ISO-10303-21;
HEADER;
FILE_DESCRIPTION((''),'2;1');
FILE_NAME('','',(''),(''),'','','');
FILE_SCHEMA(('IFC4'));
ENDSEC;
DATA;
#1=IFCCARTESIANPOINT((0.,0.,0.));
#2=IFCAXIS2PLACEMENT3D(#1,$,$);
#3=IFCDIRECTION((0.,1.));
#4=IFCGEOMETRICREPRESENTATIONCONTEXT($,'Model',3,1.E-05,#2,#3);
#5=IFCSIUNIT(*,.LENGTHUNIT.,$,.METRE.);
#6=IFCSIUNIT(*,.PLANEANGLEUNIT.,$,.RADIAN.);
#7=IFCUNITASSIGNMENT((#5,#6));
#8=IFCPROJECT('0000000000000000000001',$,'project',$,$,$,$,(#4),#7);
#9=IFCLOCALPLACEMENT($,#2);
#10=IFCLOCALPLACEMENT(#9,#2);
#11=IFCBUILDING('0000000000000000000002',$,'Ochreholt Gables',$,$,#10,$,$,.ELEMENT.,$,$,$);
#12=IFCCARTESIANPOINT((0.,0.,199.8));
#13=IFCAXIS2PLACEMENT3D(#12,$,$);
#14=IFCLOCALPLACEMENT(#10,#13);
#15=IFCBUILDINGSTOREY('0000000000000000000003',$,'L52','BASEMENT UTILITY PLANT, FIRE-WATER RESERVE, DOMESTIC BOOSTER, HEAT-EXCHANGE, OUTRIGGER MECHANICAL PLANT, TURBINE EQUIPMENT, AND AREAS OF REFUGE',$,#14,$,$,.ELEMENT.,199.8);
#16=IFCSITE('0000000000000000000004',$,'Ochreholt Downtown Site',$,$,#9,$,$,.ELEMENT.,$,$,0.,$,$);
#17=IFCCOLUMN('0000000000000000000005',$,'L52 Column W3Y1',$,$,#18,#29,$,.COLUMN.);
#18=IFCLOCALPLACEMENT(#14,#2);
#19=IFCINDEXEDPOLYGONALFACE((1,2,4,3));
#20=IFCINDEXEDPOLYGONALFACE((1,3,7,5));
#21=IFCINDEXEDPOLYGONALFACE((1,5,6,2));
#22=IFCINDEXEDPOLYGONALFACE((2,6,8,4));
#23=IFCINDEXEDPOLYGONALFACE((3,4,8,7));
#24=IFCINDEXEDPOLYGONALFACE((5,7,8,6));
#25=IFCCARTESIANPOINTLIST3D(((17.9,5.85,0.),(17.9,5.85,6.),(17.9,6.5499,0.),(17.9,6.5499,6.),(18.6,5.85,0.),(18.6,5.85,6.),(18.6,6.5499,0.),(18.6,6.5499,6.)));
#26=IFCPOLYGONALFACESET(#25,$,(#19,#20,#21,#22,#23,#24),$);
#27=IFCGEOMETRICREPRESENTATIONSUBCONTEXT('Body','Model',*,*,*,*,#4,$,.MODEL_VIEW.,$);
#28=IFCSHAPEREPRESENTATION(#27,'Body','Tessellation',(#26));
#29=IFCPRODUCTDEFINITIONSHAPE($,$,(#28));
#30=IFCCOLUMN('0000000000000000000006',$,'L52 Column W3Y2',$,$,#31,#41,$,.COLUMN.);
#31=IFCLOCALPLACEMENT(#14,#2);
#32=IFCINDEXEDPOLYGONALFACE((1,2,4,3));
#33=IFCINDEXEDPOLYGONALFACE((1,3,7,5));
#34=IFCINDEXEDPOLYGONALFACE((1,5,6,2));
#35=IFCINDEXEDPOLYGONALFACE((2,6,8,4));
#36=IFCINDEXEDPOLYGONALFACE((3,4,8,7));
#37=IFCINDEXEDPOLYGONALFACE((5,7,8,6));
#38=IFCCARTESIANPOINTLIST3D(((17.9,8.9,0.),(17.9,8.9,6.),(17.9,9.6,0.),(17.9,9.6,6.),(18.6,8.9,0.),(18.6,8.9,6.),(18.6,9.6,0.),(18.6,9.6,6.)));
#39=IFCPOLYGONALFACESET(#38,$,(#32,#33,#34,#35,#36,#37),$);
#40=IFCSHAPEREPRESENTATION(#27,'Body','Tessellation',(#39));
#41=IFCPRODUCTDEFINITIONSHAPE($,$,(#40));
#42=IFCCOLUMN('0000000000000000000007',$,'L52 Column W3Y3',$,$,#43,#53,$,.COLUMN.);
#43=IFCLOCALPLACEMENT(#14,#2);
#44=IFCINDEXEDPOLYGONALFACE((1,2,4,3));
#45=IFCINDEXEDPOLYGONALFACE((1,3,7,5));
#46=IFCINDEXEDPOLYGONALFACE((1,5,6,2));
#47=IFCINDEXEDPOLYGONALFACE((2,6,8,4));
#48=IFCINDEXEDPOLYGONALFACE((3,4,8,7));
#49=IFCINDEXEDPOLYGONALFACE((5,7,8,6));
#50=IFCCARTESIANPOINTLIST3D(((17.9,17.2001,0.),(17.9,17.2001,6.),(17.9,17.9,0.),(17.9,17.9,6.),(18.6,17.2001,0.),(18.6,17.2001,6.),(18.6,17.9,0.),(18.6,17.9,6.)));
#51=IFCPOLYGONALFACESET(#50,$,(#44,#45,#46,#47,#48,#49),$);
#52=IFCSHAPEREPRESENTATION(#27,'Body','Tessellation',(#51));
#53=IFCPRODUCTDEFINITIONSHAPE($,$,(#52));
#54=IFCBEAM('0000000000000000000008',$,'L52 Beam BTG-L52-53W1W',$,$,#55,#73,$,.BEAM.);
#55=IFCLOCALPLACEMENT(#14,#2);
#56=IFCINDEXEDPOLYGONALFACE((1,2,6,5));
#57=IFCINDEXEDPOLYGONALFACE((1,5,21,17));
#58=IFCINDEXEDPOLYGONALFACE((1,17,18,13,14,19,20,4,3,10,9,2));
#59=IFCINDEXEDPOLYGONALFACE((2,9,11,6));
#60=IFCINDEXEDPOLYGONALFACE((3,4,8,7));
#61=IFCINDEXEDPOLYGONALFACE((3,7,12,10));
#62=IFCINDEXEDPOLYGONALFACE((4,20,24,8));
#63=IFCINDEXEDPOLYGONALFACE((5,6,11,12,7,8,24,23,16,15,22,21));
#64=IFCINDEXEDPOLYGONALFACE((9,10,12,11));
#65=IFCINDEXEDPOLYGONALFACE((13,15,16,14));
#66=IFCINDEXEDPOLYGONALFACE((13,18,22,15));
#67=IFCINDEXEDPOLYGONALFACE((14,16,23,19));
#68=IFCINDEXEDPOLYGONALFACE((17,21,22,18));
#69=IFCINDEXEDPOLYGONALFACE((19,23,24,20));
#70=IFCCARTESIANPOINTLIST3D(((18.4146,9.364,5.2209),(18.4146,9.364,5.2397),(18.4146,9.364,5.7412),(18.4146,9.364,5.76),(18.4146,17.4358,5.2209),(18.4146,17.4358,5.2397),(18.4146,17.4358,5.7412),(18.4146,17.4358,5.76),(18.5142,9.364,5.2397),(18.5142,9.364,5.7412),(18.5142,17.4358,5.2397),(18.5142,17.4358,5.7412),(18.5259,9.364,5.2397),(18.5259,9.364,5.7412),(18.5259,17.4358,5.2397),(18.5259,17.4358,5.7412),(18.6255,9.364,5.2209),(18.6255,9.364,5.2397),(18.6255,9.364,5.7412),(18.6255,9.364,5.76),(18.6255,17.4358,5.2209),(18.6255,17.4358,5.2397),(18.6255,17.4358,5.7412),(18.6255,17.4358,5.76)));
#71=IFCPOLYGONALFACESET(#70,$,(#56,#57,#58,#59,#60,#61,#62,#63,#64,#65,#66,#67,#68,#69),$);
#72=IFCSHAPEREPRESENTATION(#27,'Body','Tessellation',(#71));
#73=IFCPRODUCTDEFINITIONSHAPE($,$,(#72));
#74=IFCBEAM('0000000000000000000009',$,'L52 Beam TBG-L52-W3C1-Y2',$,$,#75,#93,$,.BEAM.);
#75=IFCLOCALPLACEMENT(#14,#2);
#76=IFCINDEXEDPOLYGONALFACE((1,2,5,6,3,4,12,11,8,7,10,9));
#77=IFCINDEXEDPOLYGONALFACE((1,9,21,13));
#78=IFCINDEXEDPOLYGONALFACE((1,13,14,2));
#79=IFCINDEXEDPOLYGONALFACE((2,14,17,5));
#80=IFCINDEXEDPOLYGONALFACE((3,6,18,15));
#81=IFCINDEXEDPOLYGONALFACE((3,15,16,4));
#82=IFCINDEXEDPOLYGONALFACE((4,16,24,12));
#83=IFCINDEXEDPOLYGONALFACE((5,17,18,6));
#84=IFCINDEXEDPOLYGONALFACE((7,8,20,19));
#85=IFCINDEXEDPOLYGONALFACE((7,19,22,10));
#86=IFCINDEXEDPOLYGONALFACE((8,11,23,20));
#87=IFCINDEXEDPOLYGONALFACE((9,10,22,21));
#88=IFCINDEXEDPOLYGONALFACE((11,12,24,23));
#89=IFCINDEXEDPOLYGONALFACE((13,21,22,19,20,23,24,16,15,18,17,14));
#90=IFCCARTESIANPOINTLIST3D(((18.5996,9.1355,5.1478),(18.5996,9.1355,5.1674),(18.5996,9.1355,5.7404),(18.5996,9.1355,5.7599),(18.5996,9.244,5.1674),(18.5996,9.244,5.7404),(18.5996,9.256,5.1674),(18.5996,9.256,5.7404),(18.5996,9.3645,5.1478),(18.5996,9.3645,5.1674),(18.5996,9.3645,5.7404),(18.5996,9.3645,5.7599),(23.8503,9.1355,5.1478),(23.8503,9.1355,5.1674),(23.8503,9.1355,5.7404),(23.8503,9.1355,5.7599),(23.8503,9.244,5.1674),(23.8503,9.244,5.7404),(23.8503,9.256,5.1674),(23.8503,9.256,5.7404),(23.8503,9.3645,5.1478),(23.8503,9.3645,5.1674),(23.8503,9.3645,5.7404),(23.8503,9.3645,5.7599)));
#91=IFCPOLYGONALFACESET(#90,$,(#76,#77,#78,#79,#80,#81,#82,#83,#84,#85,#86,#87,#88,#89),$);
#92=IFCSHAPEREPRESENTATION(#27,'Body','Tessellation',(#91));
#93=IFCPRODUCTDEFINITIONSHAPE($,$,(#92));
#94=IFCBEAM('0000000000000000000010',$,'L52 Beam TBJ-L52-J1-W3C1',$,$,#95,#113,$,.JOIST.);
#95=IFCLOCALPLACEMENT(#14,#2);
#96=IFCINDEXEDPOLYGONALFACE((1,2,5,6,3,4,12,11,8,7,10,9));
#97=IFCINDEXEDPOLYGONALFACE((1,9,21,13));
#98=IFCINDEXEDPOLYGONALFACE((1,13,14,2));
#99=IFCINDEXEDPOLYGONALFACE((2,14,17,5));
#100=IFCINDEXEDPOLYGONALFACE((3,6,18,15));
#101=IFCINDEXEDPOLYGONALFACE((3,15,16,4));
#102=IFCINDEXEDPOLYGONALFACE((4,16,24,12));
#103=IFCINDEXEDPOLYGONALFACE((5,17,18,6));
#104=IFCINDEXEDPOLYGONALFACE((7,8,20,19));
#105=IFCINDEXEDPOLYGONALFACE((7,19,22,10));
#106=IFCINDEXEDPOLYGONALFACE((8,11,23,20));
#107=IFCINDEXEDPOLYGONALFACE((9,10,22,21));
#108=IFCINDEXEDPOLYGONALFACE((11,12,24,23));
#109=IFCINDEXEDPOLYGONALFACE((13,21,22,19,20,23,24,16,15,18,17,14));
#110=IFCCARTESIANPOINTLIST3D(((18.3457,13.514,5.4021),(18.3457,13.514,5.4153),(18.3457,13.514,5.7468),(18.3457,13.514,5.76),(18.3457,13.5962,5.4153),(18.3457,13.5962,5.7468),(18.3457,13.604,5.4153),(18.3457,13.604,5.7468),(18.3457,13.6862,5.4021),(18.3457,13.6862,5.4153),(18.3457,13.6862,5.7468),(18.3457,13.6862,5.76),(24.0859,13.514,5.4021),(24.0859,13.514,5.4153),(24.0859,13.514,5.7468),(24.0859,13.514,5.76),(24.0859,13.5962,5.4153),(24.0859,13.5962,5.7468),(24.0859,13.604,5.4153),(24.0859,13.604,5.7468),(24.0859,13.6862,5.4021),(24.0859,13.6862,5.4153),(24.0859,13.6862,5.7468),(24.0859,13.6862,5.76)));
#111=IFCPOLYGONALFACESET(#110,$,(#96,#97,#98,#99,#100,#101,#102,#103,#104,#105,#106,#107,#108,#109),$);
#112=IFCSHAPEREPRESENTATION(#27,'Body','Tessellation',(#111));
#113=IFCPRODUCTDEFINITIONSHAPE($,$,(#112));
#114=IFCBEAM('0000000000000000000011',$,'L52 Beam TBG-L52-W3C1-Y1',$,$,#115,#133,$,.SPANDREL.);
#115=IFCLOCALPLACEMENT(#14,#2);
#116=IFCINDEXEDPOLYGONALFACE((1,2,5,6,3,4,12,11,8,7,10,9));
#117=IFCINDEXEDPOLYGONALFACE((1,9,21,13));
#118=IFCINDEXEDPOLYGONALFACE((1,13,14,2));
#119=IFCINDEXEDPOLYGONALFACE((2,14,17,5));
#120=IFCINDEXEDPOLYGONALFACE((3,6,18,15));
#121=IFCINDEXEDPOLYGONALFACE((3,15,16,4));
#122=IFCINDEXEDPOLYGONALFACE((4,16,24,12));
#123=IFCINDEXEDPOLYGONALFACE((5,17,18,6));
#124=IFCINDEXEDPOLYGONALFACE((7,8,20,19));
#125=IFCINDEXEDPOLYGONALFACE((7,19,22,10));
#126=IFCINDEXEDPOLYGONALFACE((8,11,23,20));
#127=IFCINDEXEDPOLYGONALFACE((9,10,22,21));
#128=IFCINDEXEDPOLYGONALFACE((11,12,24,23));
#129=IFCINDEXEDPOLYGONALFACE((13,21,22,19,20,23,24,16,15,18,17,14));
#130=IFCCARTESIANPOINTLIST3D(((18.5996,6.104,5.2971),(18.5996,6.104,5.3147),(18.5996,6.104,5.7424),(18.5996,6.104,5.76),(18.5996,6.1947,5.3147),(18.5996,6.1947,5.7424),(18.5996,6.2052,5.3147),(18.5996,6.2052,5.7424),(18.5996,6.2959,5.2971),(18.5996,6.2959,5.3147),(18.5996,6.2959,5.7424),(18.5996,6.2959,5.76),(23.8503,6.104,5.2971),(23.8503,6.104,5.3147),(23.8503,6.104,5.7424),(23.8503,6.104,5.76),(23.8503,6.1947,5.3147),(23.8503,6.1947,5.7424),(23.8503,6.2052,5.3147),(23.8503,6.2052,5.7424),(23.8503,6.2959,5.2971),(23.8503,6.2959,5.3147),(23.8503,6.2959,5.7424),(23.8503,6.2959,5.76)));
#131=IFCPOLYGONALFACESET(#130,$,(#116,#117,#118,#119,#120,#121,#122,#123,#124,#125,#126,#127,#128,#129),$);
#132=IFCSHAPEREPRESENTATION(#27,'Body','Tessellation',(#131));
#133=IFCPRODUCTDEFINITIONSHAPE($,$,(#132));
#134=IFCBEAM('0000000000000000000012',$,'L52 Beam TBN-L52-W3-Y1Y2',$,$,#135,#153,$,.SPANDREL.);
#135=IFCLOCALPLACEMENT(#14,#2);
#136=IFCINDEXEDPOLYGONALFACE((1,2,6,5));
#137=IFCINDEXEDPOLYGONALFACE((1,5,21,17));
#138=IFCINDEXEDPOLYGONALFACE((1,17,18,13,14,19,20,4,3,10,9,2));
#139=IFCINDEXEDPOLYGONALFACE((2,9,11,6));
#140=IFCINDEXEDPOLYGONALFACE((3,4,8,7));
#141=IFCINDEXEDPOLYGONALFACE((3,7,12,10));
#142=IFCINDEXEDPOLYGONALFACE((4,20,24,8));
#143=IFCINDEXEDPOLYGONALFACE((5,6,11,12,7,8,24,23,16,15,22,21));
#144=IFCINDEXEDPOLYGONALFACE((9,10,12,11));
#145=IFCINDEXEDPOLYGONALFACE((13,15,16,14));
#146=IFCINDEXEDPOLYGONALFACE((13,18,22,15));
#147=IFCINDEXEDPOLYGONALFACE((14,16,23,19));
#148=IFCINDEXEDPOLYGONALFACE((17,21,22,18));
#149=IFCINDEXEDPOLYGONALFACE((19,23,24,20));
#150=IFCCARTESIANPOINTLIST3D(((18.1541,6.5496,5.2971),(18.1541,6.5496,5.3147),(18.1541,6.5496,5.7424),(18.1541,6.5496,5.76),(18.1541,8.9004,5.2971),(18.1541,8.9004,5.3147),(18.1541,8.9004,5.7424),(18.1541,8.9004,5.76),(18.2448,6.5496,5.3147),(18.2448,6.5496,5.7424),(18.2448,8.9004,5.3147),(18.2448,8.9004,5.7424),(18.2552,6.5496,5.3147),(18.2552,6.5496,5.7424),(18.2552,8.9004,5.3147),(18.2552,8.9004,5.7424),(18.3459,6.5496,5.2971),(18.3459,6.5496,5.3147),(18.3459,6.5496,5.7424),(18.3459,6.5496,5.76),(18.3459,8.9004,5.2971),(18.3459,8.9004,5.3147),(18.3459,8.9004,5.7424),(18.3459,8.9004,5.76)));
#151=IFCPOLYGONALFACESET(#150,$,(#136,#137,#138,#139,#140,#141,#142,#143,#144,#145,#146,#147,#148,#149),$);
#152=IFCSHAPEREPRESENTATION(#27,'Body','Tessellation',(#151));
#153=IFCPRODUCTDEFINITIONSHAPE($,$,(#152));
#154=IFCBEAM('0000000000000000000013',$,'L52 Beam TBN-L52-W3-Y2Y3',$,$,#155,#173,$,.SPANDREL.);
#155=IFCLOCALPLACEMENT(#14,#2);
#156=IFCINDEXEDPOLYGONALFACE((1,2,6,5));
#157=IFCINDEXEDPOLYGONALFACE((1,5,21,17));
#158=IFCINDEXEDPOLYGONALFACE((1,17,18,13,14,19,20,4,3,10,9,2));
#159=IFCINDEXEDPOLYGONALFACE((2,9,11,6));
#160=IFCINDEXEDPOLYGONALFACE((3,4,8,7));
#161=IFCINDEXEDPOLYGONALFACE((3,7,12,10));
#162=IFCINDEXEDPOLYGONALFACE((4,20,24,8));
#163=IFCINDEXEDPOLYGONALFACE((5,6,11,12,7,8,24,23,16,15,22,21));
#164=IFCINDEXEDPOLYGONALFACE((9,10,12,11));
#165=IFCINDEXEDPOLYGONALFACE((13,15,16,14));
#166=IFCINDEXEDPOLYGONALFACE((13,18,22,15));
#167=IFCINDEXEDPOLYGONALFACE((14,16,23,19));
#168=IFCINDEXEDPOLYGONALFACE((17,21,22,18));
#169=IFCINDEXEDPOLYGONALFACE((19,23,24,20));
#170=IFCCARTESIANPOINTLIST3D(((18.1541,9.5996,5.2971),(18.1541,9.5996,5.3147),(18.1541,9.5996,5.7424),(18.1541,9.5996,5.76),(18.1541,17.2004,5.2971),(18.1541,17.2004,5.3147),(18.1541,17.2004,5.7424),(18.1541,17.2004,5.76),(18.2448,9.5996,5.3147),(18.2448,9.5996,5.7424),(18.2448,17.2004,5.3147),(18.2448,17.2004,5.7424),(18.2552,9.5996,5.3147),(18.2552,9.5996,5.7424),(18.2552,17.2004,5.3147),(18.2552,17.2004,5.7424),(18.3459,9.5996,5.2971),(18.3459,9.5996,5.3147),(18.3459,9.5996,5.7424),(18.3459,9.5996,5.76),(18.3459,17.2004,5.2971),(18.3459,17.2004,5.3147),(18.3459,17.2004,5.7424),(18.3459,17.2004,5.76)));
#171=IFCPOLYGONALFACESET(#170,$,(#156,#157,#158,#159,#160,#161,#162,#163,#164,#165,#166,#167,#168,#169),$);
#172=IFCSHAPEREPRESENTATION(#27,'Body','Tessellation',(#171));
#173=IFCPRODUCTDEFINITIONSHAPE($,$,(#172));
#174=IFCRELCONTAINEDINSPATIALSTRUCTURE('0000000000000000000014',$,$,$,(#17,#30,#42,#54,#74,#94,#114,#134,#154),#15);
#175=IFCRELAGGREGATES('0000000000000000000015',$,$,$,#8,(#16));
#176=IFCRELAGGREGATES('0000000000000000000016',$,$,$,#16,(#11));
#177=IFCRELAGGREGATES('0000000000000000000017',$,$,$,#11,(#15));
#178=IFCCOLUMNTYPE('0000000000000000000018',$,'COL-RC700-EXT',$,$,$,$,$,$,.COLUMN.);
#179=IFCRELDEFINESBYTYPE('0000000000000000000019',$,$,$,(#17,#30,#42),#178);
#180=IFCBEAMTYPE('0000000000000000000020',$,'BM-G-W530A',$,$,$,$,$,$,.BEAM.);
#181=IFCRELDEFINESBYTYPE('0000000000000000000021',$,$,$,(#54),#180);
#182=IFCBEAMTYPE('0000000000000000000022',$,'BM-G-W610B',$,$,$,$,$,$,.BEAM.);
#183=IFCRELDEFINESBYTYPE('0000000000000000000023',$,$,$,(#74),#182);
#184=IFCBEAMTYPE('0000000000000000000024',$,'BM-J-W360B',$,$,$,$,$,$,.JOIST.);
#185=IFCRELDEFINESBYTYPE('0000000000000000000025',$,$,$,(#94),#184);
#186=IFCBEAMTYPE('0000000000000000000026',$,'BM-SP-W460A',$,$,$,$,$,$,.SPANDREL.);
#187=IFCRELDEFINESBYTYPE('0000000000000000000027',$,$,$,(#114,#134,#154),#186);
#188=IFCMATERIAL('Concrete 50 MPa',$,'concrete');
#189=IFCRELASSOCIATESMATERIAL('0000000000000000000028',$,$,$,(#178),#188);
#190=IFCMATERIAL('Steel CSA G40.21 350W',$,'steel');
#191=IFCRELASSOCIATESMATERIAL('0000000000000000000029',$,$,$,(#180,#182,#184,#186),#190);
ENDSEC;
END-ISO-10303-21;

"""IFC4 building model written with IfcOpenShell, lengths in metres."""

from ifc_helpers import new_model, si_unit, direction, frame, origin, origin_2d, place, context, subcontext, project, spatial, rectangle, i_section, extrude, material, material_profile, profile_set, type_object, element, save


model = new_model("IFC4")

# Units and contexts
model_context = context("Model", 3, precision=1e-05, world=origin(), true_north=direction((0.0, 1.0)))
body_context = subcontext(model_context, "Body", "Model", "MODEL_VIEW")
ifc_project = project(units=[si_unit("LENGTHUNIT", "METRE"), si_unit("PLANEANGLEUNIT", "RADIAN")], contexts=[model_context])

# Site, building, storey
site_placement = place(None, origin())
site = spatial("IfcSite", under=ifc_project, at=site_placement, Name="Ochreholt Downtown Site", CompositionType="ELEMENT", RefElevation=0.0)
building_placement = place(site_placement, origin())
building = spatial("IfcBuilding", under=site, at=building_placement, Name="Ochreholt Gables", CompositionType="ELEMENT")
storey_placement = place(building_placement, frame((0.0, 0.0, 199.8)))
storey = spatial("IfcBuildingStorey", under=building, at=storey_placement, Name="L52", Description="BASEMENT UTILITY PLANT, FIRE-WATER RESERVE, DOMESTIC BOOSTER, HEAT-EXCHANGE, OUTRIGGER MECHANICAL PLANT, TURBINE EQUIPMENT, AND AREAS OF REFUGE", CompositionType="ELEMENT", Elevation=199.8)

# Columns
ifc_material_1 = material(Name="Concrete 50 MPa", Category="concrete")
ifc_material_profile_1 = material_profile(ifc_material_1, rectangle(XDim=0.7, YDim=0.7, at=origin_2d()), Name="RC700X700")
ifc_profile_set_1 = profile_set([ifc_material_profile_1], Name="Concrete 50 MPa")
column_type = type_object("IfcColumnType", Name="COL-RC700-EXT", PredefinedType="COLUMN", material=ifc_profile_set_1)
for number, where, z_axis, x_axis, name in (
    (1, (18.25, 6.2, 0.0), (0.0, 0.0, 1.0), (1.0, 0.0, 0.0), "L52 Column W3Y1"),
    (2, (18.25, 9.25, 0.0), (0.0, 0.0, 1.0), (1.0, 0.0, 0.0), "L52 Column W3Y2"),
    (3, (18.25, 17.55, 0.0), (0.0, 0.0, 1.0), (1.0, 0.0, 0.0), "L52 Column W3Y3"),
):
    element("IfcColumn", number, at=place(storey_placement, frame(where, z_axis=z_axis, x_axis=x_axis)), inside=storey, type_object=column_type, Name=name, PredefinedType="COLUMN", context=body_context, shape_type="SweptSolid", body=[
        extrude(rectangle(XDim=0.7, YDim=0.7, at=origin_2d()), origin(), (0.0, 0.0, 1.0), 6.0),
    ])

# Beams
ifc_material_2 = material(Name="Steel CSA G40.21 350W", Category="steel")
ifc_material_profile_2 = material_profile(ifc_material_2, i_section(OverallWidth=0.2109, OverallDepth=0.5391, WebThickness=0.0117, FlangeThickness=0.0188, at=origin_2d()), Name="W530X109")
ifc_profile_set_2 = profile_set([ifc_material_profile_2], Name="Steel CSA G40.21 350W")
beam_type_1 = type_object("IfcBeamType", Name="BM-G-W530A", PredefinedType="BEAM", material=ifc_profile_set_2)
beam_1_placement = place(storey_placement, frame((18.52, 9.364, 5.4905), z_axis=(0.0, 1.0, 0.0), x_axis=(-1.0, 0.0, 0.0)))
element("IfcBeam", 4, at=beam_1_placement, inside=storey, type_object=beam_type_1, Name="L52 Beam BTG-L52-53W1W", PredefinedType="BEAM", context=body_context, shape_type="SweptSolid", body=[
    extrude(i_section(OverallWidth=0.2109, OverallDepth=0.5391, WebThickness=0.0117, FlangeThickness=0.0188, at=origin_2d()), origin(), (0.0, 0.0, 1.0), 8.0718),
])
ifc_material_profile_3 = material_profile(ifc_material_2, i_section(OverallWidth=0.229, OverallDepth=0.6121, WebThickness=0.012, FlangeThickness=0.0195, at=origin_2d()), Name="W610X125")
ifc_profile_set_3 = profile_set([ifc_material_profile_3], Name="Steel CSA G40.21 350W")
beam_type_2 = type_object("IfcBeamType", Name="BM-G-W610B", PredefinedType="BEAM", material=ifc_profile_set_3)
beam_2_placement = place(storey_placement, frame((18.5996, 9.25, 5.4539), z_axis=(1.0, 0.0, 0.0), x_axis=(0.0, 1.0, 0.0)))
element("IfcBeam", 5, at=beam_2_placement, inside=storey, type_object=beam_type_2, Name="L52 Beam TBG-L52-W3C1-Y2", PredefinedType="BEAM", context=body_context, shape_type="SweptSolid", body=[
    extrude(i_section(OverallWidth=0.229, OverallDepth=0.6121, WebThickness=0.012, FlangeThickness=0.0195, at=origin_2d()), origin(), (0.0, 0.0, 1.0), 5.2507),
])
ifc_material_profile_4 = material_profile(ifc_material_2, i_section(OverallWidth=0.1721, OverallDepth=0.3579, WebThickness=0.0078, FlangeThickness=0.0132, at=origin_2d()), Name="W360X57")
ifc_profile_set_4 = profile_set([ifc_material_profile_4], Name="Steel CSA G40.21 350W")
beam_type_3 = type_object("IfcBeamType", Name="BM-J-W360B", PredefinedType="JOIST", material=ifc_profile_set_4)
beam_3_placement = place(storey_placement, frame((18.3457, 13.6001, 5.5811), z_axis=(1.0, 0.0, 0.0), x_axis=(0.0, 1.0, 0.0)))
element("IfcBeam", 6, at=beam_3_placement, inside=storey, type_object=beam_type_3, Name="L52 Beam TBJ-L52-J1-W3C1", PredefinedType="JOIST", context=body_context, shape_type="SweptSolid", body=[
    extrude(i_section(OverallWidth=0.1721, OverallDepth=0.3579, WebThickness=0.0078, FlangeThickness=0.0132, at=origin_2d()), origin(), (0.0, 0.0, 1.0), 5.7402),
])
ifc_material_profile_5 = material_profile(ifc_material_2, i_section(OverallWidth=0.1919, OverallDepth=0.4629, WebThickness=0.0105, FlangeThickness=0.0176, at=origin_2d()), Name="W460X89")
ifc_profile_set_5 = profile_set([ifc_material_profile_5], Name="Steel CSA G40.21 350W")
beam_type_4 = type_object("IfcBeamType", Name="BM-SP-W460A", PredefinedType="SPANDREL", material=ifc_profile_set_5)
beam_4_placement = place(storey_placement, frame((18.5996, 6.2, 5.5286), z_axis=(1.0, 0.0, 0.0), x_axis=(0.0, 1.0, 0.0)))
element("IfcBeam", 7, at=beam_4_placement, inside=storey, type_object=beam_type_4, Name="L52 Beam TBG-L52-W3C1-Y1", PredefinedType="SPANDREL", context=body_context, shape_type="SweptSolid", body=[
    extrude(i_section(OverallWidth=0.1919, OverallDepth=0.4629, WebThickness=0.0105, FlangeThickness=0.0176, at=origin_2d()), origin(), (0.0, 0.0, 1.0), 5.2507),
])
beam_5_placement = place(storey_placement, frame((18.25, 6.5496, 5.5286), z_axis=(0.0, 1.0, 0.0), x_axis=(-1.0, 0.0, 0.0)))
element("IfcBeam", 8, at=beam_5_placement, inside=storey, type_object=beam_type_4, Name="L52 Beam TBN-L52-W3-Y1Y2", PredefinedType="SPANDREL", context=body_context, shape_type="SweptSolid", body=[
    extrude(i_section(OverallWidth=0.1919, OverallDepth=0.4629, WebThickness=0.0105, FlangeThickness=0.0176, at=origin_2d()), origin(), (0.0, 0.0, 1.0), 2.3508),
])
beam_6_placement = place(storey_placement, frame((18.25, 9.5996, 5.5286), z_axis=(0.0, 1.0, 0.0), x_axis=(-1.0, 0.0, 0.0)))
element("IfcBeam", 9, at=beam_6_placement, inside=storey, type_object=beam_type_4, Name="L52 Beam TBN-L52-W3-Y2Y3", PredefinedType="SPANDREL", context=body_context, shape_type="SweptSolid", body=[
    extrude(i_section(OverallWidth=0.1919, OverallDepth=0.4629, WebThickness=0.0105, FlangeThickness=0.0176, at=origin_2d()), origin(), (0.0, 0.0, 1.0), 7.6008),
])

save(model, "model.ifc")
